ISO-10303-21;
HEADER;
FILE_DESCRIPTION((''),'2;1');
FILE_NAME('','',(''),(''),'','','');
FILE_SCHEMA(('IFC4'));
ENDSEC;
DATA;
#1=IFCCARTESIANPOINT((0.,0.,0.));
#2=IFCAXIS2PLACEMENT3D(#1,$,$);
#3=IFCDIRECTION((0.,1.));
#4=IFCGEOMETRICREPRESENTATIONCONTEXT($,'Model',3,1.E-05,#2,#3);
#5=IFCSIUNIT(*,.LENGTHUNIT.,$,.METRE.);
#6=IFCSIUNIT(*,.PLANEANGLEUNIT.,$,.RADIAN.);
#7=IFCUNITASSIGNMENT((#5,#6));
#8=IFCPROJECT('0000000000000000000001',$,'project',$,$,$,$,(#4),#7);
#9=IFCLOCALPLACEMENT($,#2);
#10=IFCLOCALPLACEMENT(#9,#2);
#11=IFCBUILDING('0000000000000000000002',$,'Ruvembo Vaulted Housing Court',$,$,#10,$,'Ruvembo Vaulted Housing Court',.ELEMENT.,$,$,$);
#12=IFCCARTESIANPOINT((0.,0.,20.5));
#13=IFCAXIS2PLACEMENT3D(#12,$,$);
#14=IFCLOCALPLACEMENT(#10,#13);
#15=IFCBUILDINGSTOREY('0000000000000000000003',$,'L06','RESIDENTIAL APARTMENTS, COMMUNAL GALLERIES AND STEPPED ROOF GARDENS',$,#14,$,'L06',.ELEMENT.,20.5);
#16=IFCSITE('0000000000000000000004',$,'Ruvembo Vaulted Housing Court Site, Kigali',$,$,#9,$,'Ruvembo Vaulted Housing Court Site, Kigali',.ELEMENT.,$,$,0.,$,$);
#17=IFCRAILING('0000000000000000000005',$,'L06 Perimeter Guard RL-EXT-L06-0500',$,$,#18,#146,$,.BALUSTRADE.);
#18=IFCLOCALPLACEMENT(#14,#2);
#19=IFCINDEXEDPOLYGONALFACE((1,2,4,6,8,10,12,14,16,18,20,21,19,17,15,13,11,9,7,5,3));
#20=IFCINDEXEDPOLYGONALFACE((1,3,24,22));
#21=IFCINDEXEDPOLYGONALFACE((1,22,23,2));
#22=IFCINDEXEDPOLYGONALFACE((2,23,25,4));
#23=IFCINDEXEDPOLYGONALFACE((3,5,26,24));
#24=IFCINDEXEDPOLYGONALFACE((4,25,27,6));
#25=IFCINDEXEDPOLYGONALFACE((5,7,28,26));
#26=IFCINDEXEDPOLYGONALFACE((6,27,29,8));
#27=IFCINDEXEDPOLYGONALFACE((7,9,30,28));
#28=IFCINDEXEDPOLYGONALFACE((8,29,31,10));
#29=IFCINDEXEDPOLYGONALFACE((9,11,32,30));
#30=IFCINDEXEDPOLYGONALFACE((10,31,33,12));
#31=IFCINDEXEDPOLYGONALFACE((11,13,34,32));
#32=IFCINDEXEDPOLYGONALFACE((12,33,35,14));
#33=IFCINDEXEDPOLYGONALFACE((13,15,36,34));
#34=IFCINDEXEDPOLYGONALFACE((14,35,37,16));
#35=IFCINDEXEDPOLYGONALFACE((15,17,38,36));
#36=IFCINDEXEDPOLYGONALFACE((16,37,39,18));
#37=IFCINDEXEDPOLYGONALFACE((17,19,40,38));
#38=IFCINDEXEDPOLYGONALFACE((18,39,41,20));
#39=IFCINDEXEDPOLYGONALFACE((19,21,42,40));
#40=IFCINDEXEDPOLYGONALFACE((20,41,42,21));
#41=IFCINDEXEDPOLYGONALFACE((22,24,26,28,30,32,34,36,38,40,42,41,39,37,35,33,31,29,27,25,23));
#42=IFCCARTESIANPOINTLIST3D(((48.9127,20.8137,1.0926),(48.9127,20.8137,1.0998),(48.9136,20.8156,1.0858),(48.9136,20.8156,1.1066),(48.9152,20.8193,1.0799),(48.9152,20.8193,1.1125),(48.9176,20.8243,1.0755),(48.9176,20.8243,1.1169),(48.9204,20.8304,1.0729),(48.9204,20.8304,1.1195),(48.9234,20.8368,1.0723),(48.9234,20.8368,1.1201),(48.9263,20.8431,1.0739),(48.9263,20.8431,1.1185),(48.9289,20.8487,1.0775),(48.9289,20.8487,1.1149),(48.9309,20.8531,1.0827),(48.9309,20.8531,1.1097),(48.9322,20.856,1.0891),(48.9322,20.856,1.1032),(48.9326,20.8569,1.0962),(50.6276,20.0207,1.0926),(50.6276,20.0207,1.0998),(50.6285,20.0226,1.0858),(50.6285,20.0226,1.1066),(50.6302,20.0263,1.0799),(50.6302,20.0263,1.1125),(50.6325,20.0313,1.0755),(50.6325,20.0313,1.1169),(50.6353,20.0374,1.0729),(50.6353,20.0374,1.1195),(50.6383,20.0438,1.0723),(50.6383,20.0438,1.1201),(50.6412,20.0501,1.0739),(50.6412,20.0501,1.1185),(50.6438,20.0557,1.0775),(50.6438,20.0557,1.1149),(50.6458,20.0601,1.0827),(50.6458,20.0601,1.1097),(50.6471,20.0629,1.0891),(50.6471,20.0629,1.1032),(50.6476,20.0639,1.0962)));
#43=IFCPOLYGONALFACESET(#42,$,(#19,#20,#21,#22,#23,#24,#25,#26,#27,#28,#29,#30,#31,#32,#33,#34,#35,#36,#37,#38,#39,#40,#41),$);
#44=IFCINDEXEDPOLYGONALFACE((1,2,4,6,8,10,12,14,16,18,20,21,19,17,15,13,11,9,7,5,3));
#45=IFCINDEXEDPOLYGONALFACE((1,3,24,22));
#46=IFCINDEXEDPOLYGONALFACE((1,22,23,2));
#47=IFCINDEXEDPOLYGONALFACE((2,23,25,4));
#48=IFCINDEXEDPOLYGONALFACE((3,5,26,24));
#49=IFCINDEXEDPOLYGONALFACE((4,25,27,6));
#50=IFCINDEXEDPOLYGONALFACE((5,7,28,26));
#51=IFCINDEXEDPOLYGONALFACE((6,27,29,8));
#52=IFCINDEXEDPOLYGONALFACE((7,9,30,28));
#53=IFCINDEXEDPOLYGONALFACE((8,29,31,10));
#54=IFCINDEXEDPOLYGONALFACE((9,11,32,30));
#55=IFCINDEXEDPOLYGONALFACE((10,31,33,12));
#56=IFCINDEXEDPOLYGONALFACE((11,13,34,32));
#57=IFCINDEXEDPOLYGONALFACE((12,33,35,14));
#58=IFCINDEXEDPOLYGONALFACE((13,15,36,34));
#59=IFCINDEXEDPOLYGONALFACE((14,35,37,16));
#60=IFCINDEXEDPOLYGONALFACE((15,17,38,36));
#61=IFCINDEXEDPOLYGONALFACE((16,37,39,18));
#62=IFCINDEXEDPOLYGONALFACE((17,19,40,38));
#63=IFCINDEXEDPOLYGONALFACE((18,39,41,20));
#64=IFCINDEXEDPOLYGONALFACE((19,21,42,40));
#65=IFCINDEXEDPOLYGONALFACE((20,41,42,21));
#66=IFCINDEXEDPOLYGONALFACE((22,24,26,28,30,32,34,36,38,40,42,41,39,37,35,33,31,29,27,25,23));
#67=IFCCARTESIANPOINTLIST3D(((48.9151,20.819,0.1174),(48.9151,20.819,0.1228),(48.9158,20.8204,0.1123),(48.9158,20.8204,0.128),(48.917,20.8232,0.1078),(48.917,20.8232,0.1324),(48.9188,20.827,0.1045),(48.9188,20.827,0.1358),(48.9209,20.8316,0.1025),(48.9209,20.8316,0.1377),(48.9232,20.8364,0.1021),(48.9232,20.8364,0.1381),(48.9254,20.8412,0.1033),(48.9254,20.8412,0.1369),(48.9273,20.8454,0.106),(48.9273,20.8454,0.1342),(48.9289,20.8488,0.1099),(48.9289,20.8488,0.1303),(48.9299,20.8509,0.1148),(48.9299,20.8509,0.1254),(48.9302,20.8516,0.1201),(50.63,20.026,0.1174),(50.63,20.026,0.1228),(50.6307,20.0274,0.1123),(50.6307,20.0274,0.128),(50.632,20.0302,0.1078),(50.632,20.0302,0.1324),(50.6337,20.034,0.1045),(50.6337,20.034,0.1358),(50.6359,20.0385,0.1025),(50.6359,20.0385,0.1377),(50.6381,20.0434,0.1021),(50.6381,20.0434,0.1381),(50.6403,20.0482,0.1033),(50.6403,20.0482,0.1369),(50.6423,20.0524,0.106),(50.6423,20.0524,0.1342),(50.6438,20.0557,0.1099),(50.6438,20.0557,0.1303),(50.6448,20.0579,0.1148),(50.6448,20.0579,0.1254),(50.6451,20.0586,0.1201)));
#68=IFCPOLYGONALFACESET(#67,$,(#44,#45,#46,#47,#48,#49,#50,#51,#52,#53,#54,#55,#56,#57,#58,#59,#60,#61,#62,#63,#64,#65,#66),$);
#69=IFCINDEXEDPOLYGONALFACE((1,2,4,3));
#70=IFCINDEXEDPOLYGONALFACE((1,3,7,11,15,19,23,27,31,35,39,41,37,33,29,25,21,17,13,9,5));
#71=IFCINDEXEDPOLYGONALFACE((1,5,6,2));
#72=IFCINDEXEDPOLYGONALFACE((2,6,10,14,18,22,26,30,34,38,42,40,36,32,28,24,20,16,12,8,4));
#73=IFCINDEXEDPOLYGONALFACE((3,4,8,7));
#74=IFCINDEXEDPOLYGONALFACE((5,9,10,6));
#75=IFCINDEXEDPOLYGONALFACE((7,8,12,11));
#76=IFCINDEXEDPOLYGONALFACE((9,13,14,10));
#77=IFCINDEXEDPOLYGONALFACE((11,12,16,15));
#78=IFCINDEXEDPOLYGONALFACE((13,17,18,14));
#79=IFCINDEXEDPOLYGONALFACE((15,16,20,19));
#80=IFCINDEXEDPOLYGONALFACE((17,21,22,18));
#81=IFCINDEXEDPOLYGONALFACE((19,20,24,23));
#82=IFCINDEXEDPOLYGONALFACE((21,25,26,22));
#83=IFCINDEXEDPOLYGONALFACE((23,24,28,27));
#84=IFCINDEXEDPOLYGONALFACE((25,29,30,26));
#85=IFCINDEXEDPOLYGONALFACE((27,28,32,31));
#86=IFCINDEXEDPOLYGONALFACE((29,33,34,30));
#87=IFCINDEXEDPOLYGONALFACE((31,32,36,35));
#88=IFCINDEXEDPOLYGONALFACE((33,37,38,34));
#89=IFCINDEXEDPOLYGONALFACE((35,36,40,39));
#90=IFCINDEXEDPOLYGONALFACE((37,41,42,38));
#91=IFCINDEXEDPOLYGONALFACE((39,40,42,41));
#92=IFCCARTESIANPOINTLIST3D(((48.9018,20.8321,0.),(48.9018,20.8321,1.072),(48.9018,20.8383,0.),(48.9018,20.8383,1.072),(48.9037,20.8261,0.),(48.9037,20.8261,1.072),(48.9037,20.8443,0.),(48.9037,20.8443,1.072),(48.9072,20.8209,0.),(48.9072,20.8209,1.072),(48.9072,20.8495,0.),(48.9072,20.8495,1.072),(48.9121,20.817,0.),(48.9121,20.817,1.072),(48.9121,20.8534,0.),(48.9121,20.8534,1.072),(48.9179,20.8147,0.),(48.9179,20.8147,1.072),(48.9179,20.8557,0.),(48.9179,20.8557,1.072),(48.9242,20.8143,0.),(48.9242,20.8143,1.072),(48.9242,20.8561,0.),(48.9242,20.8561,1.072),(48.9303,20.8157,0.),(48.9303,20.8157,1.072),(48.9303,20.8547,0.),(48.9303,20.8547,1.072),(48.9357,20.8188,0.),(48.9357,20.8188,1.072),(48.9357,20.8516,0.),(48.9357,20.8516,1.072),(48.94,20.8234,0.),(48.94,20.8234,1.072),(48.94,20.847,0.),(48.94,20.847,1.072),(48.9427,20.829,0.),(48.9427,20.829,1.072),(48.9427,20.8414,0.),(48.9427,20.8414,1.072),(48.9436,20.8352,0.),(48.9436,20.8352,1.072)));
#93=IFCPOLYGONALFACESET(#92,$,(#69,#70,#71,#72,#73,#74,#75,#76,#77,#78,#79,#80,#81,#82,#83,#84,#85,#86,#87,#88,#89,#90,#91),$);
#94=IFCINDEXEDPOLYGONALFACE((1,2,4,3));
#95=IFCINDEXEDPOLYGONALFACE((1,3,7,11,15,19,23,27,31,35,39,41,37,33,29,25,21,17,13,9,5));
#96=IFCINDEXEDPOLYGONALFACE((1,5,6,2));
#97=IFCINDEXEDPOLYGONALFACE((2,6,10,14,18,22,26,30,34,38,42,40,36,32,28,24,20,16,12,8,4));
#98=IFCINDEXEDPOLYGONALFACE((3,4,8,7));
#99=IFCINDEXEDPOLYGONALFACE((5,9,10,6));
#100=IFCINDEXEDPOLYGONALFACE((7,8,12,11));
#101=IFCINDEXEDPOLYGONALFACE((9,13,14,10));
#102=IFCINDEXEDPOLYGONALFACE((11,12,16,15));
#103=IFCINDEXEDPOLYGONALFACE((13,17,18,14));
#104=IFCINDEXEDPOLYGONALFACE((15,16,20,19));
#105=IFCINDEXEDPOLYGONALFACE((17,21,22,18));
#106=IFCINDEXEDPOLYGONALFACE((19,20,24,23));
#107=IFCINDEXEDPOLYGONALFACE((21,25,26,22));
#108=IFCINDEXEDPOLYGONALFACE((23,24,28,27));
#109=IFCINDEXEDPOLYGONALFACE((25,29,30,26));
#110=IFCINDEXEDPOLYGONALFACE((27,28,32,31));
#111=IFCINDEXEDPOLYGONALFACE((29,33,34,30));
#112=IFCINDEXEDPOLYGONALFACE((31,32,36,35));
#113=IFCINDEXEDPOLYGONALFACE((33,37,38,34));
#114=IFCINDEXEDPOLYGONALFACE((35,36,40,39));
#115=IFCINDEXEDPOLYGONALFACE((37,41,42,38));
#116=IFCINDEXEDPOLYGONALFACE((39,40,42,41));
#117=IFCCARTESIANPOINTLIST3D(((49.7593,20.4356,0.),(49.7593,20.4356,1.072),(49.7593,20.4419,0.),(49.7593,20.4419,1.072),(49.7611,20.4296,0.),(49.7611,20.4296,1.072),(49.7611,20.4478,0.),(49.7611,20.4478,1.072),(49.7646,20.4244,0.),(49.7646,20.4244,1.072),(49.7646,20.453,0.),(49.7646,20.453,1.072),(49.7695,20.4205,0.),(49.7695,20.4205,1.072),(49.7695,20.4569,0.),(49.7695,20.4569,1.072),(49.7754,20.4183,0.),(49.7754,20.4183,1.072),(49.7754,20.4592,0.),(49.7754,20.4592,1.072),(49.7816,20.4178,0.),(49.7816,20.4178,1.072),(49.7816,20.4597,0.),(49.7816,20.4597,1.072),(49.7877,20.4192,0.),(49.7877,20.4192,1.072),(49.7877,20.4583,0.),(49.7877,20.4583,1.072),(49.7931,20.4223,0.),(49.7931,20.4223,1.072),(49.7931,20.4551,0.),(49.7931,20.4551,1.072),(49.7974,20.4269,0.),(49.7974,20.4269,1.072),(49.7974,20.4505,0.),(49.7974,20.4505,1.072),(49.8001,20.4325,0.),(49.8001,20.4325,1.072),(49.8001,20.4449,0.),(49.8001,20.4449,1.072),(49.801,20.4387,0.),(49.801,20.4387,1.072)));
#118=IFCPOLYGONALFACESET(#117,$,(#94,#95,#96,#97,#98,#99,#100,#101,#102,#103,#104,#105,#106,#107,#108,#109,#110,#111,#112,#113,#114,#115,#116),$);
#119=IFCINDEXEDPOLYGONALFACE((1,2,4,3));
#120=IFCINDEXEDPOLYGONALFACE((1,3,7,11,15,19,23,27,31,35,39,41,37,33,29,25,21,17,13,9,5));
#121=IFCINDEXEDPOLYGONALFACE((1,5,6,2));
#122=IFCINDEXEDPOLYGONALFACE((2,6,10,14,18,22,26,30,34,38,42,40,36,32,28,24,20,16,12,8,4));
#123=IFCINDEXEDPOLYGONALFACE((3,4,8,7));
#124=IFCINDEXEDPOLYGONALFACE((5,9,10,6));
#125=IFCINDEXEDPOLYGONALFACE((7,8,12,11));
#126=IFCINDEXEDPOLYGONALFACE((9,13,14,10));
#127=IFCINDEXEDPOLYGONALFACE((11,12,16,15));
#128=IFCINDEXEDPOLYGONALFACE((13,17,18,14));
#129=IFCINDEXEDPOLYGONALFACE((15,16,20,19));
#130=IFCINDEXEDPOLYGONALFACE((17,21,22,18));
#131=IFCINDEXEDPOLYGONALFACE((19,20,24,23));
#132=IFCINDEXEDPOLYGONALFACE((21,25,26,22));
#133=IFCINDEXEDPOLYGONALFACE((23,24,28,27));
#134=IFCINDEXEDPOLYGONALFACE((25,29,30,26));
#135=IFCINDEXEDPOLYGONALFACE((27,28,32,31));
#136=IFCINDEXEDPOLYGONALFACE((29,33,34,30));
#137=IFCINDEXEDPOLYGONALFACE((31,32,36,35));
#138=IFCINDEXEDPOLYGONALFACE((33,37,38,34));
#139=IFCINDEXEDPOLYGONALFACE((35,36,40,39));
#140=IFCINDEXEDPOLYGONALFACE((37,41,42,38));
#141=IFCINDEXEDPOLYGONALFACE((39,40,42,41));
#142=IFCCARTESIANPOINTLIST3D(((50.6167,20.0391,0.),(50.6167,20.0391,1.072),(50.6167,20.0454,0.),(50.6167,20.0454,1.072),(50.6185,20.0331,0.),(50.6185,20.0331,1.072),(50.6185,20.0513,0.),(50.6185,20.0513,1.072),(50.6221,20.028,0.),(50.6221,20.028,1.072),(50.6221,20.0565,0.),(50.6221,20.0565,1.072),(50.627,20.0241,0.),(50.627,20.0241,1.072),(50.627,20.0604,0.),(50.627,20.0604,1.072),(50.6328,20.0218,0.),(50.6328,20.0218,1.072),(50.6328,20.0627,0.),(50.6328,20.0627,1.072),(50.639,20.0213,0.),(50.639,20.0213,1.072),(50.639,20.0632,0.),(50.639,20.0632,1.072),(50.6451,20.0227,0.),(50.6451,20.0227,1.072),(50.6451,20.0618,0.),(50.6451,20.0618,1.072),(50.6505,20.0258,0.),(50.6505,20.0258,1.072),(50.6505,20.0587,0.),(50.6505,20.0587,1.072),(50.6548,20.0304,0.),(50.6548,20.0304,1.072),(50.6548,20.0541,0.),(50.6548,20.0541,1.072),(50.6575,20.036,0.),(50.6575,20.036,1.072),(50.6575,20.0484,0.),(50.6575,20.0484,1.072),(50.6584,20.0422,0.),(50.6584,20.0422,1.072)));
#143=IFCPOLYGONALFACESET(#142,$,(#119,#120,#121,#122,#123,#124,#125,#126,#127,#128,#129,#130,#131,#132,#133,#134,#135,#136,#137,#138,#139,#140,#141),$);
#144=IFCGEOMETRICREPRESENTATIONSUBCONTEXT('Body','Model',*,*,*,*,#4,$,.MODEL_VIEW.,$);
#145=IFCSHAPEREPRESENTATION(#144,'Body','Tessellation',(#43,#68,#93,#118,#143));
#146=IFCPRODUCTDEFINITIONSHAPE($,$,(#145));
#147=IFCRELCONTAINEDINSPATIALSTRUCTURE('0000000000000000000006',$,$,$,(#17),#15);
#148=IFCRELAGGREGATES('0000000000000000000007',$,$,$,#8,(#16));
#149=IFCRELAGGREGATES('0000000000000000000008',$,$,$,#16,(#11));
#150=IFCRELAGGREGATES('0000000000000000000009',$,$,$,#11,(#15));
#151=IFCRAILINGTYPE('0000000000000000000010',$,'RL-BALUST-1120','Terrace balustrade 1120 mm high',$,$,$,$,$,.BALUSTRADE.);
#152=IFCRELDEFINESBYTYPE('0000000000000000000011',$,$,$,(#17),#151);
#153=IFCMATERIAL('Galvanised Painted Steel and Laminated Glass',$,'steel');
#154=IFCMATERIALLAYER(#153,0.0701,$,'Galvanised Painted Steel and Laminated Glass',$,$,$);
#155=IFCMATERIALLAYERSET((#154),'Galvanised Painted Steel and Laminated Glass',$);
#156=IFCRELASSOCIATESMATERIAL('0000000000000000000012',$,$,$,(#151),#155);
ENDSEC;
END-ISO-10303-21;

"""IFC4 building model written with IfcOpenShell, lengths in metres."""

from ifc_helpers import new_model, si_unit, direction, frame, origin, origin_2d, place, context, subcontext, project, spatial, circle, extrude, material, layer, layer_set, type_object, element, save


model = new_model("IFC4")

# Units and contexts
model_context = context("Model", 3, precision=1e-05, world=origin(), true_north=direction((0.0, 1.0)))
body_context = subcontext(model_context, "Body", "Model", "MODEL_VIEW")
ifc_project = project(units=[si_unit("LENGTHUNIT", "METRE"), si_unit("PLANEANGLEUNIT", "RADIAN")], contexts=[model_context])

# Site, building, storey
site_placement = place(None, origin())
site = spatial("IfcSite", under=ifc_project, at=site_placement, Name="Ruvembo Vaulted Housing Court Site, Kigali", LongName="Ruvembo Vaulted Housing Court Site, Kigali", CompositionType="ELEMENT", RefElevation=0.0)
building_placement = place(site_placement, origin())
building = spatial("IfcBuilding", under=site, at=building_placement, Name="Ruvembo Vaulted Housing Court", LongName="Ruvembo Vaulted Housing Court", CompositionType="ELEMENT")
storey_placement = place(building_placement, frame((0.0, 0.0, 20.5)))
storey = spatial("IfcBuildingStorey", under=building, at=storey_placement, Name="L06", Description="RESIDENTIAL APARTMENTS, COMMUNAL GALLERIES AND STEPPED ROOF GARDENS", LongName="L06", CompositionType="ELEMENT", Elevation=20.5)

# Railing
ifc_material_1 = material(Name="Galvanised Painted Steel and Laminated Glass", Category="steel")
ifc_layer = layer(ifc_material_1, 0.0701, Name="Galvanised Painted Steel and Laminated Glass")
ifc_layer_set = layer_set([ifc_layer], Name="Galvanised Painted Steel and Laminated Glass")
railing_type = type_object("IfcRailingType", Name="RL-BALUST-1120", Description="Terrace balustrade 1120 mm high", PredefinedType="BALUSTRADE", material=ifc_layer_set)
railing_1_placement = place(storey_placement, frame((48.9226, 20.8352, 0.0)))
element("IfcRailing", 1, at=railing_1_placement, inside=storey, type_object=railing_type, Name="L06 Perimeter Guard RL-EXT-L06-0500", PredefinedType="BALUSTRADE", context=body_context, shape_type="SweptSolid", body=[
    extrude(circle(Radius=0.0239, at=origin_2d()), frame((0.0, 0.0, 1.0962), z_axis=(0.907657, -0.419714, 0.0), x_axis=(0.419714, 0.907657, 0.0)), (0.0, 0.0, 1.0), 1.8894),
    extrude(circle(Radius=0.0181, at=origin_2d()), frame((0.0, 0.0, 0.1201), z_axis=(0.907657, -0.419714, 0.0), x_axis=(0.419714, 0.907657, 0.0)), (0.0, 0.0, 1.0), 1.8894),
    extrude(circle(Radius=0.021, at=origin_2d()), origin(), (0.0, 0.0, 1.0), 1.072),
    extrude(circle(Radius=0.021, at=origin_2d()), frame((0.8574, -0.3965, 0.0)), (0.0, 0.0, 1.0), 1.072),
    extrude(circle(Radius=0.021, at=origin_2d()), frame((1.7148, -0.793, 0.0)), (0.0, 0.0, 1.0), 1.072),
])

save(model, "model.ifc")
